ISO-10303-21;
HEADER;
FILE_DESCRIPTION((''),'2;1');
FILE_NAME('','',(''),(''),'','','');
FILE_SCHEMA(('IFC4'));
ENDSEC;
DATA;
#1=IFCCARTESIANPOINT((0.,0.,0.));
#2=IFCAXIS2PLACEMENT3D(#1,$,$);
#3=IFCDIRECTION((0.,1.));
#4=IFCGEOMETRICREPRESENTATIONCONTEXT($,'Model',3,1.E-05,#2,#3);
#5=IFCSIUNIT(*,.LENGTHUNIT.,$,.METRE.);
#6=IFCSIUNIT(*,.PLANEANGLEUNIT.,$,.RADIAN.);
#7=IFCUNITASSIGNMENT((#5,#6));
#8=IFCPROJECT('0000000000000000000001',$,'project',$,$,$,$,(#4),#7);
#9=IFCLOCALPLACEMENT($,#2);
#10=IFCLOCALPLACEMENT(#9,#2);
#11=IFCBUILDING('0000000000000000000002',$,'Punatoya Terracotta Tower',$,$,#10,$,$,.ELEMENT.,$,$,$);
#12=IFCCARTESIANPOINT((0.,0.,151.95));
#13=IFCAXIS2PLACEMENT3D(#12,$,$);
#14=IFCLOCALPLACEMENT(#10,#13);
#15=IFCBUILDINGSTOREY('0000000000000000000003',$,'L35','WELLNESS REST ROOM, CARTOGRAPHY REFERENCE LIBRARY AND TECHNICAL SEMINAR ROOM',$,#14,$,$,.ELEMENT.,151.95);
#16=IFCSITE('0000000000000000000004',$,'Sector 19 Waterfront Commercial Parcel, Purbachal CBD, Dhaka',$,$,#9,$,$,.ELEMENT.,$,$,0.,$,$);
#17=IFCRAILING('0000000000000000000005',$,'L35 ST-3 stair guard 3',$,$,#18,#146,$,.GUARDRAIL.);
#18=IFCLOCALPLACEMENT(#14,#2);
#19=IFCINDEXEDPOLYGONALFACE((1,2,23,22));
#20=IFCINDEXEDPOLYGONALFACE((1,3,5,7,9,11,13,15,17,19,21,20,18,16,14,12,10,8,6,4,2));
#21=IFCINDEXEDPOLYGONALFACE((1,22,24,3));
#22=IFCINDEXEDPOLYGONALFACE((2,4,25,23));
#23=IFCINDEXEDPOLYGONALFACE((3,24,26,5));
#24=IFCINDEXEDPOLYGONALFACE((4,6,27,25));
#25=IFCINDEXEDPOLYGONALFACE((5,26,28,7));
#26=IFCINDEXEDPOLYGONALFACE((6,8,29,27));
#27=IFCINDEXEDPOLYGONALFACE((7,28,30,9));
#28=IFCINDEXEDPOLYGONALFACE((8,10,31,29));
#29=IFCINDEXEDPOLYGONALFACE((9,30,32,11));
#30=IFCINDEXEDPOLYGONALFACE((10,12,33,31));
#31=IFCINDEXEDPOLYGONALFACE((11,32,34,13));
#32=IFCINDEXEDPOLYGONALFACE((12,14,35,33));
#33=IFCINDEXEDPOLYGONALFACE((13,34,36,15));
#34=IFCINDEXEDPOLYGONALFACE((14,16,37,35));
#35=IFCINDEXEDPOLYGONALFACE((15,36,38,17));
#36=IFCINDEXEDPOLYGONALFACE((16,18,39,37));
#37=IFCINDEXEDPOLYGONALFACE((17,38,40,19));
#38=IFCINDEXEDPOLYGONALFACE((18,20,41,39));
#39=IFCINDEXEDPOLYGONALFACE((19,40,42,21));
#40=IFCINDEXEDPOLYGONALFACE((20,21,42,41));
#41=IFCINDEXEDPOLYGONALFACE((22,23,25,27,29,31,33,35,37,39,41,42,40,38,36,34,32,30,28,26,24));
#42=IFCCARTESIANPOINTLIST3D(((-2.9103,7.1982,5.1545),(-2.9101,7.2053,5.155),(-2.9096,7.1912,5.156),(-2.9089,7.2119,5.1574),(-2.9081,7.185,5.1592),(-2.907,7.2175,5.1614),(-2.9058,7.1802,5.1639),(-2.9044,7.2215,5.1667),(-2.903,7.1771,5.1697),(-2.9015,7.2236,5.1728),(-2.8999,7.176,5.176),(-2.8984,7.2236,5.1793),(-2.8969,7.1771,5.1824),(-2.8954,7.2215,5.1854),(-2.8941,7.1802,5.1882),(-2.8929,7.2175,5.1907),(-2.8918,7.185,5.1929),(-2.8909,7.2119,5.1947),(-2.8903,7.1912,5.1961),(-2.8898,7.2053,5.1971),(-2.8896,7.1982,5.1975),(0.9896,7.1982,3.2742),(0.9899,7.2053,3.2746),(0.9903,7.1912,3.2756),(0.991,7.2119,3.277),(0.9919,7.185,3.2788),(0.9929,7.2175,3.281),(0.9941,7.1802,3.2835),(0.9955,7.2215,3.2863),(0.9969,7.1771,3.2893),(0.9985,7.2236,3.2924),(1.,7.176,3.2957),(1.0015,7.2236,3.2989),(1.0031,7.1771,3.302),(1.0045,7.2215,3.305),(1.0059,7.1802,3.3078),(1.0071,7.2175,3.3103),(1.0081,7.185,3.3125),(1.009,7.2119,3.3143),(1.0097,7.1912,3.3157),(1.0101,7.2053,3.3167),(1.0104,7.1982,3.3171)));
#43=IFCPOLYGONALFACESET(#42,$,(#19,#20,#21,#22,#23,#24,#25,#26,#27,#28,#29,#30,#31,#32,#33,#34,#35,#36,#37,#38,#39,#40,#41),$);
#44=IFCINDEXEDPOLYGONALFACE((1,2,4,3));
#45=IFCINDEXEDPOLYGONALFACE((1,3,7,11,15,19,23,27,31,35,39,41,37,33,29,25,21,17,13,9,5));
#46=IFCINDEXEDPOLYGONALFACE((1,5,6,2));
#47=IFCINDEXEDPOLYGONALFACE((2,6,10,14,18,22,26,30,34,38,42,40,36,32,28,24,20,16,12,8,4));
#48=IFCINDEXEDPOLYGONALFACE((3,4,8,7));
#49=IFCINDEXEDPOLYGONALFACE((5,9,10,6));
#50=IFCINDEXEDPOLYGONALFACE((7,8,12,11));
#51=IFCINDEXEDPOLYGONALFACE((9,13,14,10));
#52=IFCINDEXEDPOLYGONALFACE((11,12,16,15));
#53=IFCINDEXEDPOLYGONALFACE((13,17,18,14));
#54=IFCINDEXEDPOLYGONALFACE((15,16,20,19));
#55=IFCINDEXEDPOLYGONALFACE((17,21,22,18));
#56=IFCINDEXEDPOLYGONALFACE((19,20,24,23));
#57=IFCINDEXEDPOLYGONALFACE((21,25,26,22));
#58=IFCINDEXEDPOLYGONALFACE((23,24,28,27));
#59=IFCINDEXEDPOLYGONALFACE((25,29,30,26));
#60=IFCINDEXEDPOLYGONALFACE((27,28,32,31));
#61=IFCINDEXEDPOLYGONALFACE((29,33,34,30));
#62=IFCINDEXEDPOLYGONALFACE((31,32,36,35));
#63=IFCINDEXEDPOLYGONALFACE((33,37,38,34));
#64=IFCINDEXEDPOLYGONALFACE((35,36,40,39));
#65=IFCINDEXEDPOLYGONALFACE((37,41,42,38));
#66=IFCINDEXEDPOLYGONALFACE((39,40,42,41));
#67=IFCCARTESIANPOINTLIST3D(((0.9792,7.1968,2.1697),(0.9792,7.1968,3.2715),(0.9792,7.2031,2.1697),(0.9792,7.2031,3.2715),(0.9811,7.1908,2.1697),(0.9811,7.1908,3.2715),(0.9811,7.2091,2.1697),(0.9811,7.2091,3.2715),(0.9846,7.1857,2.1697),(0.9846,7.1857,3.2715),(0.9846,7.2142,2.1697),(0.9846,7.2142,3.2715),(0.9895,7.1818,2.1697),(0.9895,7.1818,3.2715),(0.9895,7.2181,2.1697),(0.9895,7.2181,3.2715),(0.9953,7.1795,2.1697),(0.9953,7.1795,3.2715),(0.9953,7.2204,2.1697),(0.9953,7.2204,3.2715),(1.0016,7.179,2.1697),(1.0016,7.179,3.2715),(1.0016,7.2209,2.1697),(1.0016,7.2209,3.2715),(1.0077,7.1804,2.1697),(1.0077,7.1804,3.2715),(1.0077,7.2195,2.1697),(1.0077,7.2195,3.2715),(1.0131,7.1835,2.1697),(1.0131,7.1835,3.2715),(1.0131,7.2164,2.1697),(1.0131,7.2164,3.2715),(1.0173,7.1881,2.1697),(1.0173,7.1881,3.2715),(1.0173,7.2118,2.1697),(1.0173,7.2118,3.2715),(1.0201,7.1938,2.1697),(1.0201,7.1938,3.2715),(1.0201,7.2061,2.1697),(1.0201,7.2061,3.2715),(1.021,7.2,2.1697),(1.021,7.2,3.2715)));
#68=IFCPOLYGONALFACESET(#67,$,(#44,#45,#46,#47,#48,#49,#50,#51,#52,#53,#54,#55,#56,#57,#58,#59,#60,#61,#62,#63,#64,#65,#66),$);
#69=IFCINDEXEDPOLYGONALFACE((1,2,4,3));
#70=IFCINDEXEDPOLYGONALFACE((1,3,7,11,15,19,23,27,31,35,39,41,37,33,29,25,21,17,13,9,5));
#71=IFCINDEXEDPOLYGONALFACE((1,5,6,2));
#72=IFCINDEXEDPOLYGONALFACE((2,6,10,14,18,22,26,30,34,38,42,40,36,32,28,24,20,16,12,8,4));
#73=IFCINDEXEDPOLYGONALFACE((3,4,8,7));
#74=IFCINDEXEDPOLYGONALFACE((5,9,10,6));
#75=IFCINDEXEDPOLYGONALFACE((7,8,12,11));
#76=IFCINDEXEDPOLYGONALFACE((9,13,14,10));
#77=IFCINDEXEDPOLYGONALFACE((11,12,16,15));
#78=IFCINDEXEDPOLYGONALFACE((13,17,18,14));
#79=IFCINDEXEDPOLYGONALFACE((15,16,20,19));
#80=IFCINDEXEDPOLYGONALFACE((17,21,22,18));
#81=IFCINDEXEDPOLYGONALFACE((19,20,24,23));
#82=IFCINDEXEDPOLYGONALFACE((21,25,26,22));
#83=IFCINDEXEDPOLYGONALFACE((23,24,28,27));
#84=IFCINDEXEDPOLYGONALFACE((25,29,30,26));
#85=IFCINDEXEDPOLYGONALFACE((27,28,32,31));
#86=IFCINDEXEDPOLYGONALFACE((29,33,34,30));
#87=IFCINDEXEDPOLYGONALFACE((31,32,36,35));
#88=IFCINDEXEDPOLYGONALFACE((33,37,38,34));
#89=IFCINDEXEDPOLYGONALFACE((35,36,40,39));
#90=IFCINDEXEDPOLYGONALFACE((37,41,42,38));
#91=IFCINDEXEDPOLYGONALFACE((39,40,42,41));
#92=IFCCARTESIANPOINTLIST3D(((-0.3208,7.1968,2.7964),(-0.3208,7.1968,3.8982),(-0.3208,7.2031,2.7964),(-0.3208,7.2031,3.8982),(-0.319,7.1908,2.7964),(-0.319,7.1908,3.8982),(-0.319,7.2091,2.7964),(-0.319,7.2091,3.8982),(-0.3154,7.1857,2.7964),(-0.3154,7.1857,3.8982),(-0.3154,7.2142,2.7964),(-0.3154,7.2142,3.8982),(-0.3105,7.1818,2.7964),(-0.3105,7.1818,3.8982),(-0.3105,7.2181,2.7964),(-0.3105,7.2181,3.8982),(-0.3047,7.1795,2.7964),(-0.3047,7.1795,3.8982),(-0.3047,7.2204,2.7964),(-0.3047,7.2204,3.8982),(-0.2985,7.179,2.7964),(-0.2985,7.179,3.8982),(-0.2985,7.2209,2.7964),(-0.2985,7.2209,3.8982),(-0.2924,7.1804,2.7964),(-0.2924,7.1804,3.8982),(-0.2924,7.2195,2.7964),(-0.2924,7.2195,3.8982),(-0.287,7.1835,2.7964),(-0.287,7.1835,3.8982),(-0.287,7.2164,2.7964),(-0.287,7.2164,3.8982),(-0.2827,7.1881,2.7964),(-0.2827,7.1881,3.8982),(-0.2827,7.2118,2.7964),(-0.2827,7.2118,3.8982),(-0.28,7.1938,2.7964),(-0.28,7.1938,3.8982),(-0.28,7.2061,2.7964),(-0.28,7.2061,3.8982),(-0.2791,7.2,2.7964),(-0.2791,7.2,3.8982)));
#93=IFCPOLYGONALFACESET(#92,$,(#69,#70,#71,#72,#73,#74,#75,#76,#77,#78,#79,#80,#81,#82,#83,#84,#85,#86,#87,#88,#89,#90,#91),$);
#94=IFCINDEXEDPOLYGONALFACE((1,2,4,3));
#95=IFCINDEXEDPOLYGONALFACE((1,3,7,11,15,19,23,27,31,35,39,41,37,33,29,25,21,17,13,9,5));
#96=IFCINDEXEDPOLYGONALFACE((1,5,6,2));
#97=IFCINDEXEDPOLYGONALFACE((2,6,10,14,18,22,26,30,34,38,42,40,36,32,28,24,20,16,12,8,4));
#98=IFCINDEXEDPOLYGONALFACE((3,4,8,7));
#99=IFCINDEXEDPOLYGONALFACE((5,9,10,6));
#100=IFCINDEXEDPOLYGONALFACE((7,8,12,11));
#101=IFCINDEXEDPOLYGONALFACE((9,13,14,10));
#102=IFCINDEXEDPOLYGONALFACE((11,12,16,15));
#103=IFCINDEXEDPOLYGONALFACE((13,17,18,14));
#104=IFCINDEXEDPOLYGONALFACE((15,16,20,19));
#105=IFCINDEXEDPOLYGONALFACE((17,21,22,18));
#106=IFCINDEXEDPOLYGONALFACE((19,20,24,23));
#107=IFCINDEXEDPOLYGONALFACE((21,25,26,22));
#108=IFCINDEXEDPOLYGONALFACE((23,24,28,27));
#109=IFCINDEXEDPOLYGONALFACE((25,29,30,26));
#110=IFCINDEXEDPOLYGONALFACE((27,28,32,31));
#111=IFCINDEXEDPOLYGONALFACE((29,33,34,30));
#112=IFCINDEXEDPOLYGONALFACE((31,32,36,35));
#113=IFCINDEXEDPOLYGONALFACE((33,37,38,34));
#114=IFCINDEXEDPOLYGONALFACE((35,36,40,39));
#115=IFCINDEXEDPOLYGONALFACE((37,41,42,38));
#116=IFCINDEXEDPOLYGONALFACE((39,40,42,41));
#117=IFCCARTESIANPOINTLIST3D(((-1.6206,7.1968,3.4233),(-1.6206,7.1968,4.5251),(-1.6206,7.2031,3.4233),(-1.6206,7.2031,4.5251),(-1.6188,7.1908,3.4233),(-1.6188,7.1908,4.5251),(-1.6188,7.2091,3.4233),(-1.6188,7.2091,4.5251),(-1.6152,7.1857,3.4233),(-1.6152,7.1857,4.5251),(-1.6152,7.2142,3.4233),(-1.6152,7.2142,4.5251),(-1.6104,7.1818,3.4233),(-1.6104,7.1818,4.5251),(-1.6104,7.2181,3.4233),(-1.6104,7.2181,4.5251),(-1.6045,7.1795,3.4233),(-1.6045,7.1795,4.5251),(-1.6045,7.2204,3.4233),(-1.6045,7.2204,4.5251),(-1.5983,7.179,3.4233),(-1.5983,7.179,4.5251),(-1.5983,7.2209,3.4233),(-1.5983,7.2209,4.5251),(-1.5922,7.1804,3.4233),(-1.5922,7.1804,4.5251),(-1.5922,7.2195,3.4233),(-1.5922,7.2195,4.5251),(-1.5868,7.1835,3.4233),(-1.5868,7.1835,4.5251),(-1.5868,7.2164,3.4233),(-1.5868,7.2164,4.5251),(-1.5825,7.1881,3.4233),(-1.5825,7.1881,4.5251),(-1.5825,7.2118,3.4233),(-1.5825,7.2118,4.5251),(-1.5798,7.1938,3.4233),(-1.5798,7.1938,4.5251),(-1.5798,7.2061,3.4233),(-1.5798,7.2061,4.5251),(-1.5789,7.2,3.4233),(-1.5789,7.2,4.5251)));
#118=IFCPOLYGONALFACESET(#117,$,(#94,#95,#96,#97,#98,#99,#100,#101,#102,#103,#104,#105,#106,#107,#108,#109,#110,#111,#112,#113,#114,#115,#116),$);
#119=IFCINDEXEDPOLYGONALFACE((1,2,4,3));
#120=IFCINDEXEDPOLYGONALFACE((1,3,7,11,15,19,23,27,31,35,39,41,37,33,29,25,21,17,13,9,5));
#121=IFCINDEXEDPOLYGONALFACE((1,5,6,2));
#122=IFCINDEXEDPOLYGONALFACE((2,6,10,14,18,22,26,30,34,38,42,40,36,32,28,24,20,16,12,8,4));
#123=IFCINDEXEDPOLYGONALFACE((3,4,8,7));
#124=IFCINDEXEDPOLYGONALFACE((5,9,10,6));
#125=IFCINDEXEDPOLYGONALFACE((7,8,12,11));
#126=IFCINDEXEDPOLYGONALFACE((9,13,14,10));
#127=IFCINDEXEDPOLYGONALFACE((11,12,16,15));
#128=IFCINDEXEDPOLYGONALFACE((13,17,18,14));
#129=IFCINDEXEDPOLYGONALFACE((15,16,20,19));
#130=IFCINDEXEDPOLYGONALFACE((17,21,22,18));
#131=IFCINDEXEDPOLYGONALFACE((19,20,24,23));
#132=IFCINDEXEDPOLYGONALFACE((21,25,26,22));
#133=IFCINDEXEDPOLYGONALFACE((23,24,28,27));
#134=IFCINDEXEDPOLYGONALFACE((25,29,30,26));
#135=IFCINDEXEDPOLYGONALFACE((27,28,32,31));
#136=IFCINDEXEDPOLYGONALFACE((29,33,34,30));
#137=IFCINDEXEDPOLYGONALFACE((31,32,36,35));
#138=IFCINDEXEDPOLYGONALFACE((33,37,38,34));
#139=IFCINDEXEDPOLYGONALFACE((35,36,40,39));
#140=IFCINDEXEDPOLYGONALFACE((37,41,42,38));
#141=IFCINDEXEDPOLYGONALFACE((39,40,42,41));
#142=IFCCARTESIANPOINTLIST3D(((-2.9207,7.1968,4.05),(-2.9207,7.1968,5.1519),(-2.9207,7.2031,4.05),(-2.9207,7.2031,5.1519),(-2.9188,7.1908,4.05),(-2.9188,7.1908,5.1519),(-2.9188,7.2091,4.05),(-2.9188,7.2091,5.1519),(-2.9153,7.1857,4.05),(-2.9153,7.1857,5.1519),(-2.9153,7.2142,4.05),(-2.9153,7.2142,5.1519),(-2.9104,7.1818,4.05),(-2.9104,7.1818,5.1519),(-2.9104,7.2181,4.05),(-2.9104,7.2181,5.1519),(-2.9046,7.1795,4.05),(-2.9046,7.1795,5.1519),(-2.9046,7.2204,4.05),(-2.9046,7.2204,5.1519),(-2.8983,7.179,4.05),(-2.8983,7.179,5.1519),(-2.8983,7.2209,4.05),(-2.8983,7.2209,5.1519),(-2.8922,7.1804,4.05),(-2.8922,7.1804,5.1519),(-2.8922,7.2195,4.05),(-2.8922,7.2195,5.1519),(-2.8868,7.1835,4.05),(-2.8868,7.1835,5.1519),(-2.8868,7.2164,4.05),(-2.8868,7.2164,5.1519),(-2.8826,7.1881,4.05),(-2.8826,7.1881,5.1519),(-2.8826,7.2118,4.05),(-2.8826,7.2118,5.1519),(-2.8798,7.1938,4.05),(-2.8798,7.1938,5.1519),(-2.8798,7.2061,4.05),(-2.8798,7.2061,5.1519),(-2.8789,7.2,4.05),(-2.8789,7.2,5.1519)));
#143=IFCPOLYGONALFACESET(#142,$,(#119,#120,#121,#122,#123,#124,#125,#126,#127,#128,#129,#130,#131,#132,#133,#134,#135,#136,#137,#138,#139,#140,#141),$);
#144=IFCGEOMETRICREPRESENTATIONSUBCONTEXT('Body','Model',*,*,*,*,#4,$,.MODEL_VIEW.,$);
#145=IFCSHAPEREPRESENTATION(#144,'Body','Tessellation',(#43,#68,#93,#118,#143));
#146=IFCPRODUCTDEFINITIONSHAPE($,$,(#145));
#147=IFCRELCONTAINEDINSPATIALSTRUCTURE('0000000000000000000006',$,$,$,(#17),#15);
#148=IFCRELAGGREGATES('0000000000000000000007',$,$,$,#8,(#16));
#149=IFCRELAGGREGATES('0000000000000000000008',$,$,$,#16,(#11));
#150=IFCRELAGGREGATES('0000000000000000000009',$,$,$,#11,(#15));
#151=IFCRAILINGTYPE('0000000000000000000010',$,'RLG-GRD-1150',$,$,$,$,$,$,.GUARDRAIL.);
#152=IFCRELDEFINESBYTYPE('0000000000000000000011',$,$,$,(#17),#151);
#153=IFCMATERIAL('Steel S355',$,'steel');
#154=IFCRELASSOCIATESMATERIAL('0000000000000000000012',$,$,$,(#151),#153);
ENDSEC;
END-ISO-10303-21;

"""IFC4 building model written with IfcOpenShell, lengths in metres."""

from ifc_helpers import new_model, si_unit, direction, frame, origin, origin_2d, place, context, subcontext, project, spatial, circle, extrude, material, type_object, element, save


model = new_model("IFC4")

# Units and contexts
model_context = context("Model", 3, precision=1e-05, world=origin(), true_north=direction((0.0, 1.0)))
body_context = subcontext(model_context, "Body", "Model", "MODEL_VIEW")
ifc_project = project(units=[si_unit("LENGTHUNIT", "METRE"), si_unit("PLANEANGLEUNIT", "RADIAN")], contexts=[model_context])

# Site, building, storey
site_placement = place(None, origin())
site = spatial("IfcSite", under=ifc_project, at=site_placement, Name="Sector 19 Waterfront Commercial Parcel, Purbachal CBD, Dhaka", CompositionType="ELEMENT", RefElevation=0.0)
building_placement = place(site_placement, origin())
building = spatial("IfcBuilding", under=site, at=building_placement, Name="Punatoya Terracotta Tower", CompositionType="ELEMENT")
storey_placement = place(building_placement, frame((0.0, 0.0, 151.95)))
storey = spatial("IfcBuildingStorey", under=building, at=storey_placement, Name="L35", Description="WELLNESS REST ROOM, CARTOGRAPHY REFERENCE LIBRARY AND TECHNICAL SEMINAR ROOM", CompositionType="ELEMENT", Elevation=151.95)

# Shared definitions
ifc_material_1 = material(Name="Steel S355", Category="steel")

# Railing
railing_type_1 = type_object("IfcRailingType", Name="RLG-GRD-1150", PredefinedType="GUARDRAIL", material=ifc_material_1)
railing_1_placement = place(storey_placement, frame((1.0, 7.2, 2.1697)))
element("IfcRailing", 1, at=railing_1_placement, inside=storey, type_object=railing_type_1, Name="L35 ST-3 stair guard 3", PredefinedType="GUARDRAIL", context=body_context, shape_type="SweptSolid", body=[
    extrude(circle(Radius=0.0239, at=origin_2d()), frame((0.0, 0.0, 1.126), z_axis=(-0.900763, 0.0, 0.434311), x_axis=(0.0, -1.0, 0.0)), (0.0, 0.0, 1.0), 4.3296),
    extrude(circle(Radius=0.021, at=origin_2d()), origin(), (0.0, 0.0, 1.0), 1.1018),
    extrude(circle(Radius=0.021, at=origin_2d()), frame((-1.3, 0.0, 0.6267)), (0.0, 0.0, 1.0), 1.1018),
    extrude(circle(Radius=0.021, at=origin_2d()), frame((-2.5999, 0.0, 1.2537)), (0.0, 0.0, 1.0), 1.1018),
    extrude(circle(Radius=0.021, at=origin_2d()), frame((-3.8999, 0.0, 1.8804)), (0.0, 0.0, 1.0), 1.1018),
])

save(model, "model.ifc")
